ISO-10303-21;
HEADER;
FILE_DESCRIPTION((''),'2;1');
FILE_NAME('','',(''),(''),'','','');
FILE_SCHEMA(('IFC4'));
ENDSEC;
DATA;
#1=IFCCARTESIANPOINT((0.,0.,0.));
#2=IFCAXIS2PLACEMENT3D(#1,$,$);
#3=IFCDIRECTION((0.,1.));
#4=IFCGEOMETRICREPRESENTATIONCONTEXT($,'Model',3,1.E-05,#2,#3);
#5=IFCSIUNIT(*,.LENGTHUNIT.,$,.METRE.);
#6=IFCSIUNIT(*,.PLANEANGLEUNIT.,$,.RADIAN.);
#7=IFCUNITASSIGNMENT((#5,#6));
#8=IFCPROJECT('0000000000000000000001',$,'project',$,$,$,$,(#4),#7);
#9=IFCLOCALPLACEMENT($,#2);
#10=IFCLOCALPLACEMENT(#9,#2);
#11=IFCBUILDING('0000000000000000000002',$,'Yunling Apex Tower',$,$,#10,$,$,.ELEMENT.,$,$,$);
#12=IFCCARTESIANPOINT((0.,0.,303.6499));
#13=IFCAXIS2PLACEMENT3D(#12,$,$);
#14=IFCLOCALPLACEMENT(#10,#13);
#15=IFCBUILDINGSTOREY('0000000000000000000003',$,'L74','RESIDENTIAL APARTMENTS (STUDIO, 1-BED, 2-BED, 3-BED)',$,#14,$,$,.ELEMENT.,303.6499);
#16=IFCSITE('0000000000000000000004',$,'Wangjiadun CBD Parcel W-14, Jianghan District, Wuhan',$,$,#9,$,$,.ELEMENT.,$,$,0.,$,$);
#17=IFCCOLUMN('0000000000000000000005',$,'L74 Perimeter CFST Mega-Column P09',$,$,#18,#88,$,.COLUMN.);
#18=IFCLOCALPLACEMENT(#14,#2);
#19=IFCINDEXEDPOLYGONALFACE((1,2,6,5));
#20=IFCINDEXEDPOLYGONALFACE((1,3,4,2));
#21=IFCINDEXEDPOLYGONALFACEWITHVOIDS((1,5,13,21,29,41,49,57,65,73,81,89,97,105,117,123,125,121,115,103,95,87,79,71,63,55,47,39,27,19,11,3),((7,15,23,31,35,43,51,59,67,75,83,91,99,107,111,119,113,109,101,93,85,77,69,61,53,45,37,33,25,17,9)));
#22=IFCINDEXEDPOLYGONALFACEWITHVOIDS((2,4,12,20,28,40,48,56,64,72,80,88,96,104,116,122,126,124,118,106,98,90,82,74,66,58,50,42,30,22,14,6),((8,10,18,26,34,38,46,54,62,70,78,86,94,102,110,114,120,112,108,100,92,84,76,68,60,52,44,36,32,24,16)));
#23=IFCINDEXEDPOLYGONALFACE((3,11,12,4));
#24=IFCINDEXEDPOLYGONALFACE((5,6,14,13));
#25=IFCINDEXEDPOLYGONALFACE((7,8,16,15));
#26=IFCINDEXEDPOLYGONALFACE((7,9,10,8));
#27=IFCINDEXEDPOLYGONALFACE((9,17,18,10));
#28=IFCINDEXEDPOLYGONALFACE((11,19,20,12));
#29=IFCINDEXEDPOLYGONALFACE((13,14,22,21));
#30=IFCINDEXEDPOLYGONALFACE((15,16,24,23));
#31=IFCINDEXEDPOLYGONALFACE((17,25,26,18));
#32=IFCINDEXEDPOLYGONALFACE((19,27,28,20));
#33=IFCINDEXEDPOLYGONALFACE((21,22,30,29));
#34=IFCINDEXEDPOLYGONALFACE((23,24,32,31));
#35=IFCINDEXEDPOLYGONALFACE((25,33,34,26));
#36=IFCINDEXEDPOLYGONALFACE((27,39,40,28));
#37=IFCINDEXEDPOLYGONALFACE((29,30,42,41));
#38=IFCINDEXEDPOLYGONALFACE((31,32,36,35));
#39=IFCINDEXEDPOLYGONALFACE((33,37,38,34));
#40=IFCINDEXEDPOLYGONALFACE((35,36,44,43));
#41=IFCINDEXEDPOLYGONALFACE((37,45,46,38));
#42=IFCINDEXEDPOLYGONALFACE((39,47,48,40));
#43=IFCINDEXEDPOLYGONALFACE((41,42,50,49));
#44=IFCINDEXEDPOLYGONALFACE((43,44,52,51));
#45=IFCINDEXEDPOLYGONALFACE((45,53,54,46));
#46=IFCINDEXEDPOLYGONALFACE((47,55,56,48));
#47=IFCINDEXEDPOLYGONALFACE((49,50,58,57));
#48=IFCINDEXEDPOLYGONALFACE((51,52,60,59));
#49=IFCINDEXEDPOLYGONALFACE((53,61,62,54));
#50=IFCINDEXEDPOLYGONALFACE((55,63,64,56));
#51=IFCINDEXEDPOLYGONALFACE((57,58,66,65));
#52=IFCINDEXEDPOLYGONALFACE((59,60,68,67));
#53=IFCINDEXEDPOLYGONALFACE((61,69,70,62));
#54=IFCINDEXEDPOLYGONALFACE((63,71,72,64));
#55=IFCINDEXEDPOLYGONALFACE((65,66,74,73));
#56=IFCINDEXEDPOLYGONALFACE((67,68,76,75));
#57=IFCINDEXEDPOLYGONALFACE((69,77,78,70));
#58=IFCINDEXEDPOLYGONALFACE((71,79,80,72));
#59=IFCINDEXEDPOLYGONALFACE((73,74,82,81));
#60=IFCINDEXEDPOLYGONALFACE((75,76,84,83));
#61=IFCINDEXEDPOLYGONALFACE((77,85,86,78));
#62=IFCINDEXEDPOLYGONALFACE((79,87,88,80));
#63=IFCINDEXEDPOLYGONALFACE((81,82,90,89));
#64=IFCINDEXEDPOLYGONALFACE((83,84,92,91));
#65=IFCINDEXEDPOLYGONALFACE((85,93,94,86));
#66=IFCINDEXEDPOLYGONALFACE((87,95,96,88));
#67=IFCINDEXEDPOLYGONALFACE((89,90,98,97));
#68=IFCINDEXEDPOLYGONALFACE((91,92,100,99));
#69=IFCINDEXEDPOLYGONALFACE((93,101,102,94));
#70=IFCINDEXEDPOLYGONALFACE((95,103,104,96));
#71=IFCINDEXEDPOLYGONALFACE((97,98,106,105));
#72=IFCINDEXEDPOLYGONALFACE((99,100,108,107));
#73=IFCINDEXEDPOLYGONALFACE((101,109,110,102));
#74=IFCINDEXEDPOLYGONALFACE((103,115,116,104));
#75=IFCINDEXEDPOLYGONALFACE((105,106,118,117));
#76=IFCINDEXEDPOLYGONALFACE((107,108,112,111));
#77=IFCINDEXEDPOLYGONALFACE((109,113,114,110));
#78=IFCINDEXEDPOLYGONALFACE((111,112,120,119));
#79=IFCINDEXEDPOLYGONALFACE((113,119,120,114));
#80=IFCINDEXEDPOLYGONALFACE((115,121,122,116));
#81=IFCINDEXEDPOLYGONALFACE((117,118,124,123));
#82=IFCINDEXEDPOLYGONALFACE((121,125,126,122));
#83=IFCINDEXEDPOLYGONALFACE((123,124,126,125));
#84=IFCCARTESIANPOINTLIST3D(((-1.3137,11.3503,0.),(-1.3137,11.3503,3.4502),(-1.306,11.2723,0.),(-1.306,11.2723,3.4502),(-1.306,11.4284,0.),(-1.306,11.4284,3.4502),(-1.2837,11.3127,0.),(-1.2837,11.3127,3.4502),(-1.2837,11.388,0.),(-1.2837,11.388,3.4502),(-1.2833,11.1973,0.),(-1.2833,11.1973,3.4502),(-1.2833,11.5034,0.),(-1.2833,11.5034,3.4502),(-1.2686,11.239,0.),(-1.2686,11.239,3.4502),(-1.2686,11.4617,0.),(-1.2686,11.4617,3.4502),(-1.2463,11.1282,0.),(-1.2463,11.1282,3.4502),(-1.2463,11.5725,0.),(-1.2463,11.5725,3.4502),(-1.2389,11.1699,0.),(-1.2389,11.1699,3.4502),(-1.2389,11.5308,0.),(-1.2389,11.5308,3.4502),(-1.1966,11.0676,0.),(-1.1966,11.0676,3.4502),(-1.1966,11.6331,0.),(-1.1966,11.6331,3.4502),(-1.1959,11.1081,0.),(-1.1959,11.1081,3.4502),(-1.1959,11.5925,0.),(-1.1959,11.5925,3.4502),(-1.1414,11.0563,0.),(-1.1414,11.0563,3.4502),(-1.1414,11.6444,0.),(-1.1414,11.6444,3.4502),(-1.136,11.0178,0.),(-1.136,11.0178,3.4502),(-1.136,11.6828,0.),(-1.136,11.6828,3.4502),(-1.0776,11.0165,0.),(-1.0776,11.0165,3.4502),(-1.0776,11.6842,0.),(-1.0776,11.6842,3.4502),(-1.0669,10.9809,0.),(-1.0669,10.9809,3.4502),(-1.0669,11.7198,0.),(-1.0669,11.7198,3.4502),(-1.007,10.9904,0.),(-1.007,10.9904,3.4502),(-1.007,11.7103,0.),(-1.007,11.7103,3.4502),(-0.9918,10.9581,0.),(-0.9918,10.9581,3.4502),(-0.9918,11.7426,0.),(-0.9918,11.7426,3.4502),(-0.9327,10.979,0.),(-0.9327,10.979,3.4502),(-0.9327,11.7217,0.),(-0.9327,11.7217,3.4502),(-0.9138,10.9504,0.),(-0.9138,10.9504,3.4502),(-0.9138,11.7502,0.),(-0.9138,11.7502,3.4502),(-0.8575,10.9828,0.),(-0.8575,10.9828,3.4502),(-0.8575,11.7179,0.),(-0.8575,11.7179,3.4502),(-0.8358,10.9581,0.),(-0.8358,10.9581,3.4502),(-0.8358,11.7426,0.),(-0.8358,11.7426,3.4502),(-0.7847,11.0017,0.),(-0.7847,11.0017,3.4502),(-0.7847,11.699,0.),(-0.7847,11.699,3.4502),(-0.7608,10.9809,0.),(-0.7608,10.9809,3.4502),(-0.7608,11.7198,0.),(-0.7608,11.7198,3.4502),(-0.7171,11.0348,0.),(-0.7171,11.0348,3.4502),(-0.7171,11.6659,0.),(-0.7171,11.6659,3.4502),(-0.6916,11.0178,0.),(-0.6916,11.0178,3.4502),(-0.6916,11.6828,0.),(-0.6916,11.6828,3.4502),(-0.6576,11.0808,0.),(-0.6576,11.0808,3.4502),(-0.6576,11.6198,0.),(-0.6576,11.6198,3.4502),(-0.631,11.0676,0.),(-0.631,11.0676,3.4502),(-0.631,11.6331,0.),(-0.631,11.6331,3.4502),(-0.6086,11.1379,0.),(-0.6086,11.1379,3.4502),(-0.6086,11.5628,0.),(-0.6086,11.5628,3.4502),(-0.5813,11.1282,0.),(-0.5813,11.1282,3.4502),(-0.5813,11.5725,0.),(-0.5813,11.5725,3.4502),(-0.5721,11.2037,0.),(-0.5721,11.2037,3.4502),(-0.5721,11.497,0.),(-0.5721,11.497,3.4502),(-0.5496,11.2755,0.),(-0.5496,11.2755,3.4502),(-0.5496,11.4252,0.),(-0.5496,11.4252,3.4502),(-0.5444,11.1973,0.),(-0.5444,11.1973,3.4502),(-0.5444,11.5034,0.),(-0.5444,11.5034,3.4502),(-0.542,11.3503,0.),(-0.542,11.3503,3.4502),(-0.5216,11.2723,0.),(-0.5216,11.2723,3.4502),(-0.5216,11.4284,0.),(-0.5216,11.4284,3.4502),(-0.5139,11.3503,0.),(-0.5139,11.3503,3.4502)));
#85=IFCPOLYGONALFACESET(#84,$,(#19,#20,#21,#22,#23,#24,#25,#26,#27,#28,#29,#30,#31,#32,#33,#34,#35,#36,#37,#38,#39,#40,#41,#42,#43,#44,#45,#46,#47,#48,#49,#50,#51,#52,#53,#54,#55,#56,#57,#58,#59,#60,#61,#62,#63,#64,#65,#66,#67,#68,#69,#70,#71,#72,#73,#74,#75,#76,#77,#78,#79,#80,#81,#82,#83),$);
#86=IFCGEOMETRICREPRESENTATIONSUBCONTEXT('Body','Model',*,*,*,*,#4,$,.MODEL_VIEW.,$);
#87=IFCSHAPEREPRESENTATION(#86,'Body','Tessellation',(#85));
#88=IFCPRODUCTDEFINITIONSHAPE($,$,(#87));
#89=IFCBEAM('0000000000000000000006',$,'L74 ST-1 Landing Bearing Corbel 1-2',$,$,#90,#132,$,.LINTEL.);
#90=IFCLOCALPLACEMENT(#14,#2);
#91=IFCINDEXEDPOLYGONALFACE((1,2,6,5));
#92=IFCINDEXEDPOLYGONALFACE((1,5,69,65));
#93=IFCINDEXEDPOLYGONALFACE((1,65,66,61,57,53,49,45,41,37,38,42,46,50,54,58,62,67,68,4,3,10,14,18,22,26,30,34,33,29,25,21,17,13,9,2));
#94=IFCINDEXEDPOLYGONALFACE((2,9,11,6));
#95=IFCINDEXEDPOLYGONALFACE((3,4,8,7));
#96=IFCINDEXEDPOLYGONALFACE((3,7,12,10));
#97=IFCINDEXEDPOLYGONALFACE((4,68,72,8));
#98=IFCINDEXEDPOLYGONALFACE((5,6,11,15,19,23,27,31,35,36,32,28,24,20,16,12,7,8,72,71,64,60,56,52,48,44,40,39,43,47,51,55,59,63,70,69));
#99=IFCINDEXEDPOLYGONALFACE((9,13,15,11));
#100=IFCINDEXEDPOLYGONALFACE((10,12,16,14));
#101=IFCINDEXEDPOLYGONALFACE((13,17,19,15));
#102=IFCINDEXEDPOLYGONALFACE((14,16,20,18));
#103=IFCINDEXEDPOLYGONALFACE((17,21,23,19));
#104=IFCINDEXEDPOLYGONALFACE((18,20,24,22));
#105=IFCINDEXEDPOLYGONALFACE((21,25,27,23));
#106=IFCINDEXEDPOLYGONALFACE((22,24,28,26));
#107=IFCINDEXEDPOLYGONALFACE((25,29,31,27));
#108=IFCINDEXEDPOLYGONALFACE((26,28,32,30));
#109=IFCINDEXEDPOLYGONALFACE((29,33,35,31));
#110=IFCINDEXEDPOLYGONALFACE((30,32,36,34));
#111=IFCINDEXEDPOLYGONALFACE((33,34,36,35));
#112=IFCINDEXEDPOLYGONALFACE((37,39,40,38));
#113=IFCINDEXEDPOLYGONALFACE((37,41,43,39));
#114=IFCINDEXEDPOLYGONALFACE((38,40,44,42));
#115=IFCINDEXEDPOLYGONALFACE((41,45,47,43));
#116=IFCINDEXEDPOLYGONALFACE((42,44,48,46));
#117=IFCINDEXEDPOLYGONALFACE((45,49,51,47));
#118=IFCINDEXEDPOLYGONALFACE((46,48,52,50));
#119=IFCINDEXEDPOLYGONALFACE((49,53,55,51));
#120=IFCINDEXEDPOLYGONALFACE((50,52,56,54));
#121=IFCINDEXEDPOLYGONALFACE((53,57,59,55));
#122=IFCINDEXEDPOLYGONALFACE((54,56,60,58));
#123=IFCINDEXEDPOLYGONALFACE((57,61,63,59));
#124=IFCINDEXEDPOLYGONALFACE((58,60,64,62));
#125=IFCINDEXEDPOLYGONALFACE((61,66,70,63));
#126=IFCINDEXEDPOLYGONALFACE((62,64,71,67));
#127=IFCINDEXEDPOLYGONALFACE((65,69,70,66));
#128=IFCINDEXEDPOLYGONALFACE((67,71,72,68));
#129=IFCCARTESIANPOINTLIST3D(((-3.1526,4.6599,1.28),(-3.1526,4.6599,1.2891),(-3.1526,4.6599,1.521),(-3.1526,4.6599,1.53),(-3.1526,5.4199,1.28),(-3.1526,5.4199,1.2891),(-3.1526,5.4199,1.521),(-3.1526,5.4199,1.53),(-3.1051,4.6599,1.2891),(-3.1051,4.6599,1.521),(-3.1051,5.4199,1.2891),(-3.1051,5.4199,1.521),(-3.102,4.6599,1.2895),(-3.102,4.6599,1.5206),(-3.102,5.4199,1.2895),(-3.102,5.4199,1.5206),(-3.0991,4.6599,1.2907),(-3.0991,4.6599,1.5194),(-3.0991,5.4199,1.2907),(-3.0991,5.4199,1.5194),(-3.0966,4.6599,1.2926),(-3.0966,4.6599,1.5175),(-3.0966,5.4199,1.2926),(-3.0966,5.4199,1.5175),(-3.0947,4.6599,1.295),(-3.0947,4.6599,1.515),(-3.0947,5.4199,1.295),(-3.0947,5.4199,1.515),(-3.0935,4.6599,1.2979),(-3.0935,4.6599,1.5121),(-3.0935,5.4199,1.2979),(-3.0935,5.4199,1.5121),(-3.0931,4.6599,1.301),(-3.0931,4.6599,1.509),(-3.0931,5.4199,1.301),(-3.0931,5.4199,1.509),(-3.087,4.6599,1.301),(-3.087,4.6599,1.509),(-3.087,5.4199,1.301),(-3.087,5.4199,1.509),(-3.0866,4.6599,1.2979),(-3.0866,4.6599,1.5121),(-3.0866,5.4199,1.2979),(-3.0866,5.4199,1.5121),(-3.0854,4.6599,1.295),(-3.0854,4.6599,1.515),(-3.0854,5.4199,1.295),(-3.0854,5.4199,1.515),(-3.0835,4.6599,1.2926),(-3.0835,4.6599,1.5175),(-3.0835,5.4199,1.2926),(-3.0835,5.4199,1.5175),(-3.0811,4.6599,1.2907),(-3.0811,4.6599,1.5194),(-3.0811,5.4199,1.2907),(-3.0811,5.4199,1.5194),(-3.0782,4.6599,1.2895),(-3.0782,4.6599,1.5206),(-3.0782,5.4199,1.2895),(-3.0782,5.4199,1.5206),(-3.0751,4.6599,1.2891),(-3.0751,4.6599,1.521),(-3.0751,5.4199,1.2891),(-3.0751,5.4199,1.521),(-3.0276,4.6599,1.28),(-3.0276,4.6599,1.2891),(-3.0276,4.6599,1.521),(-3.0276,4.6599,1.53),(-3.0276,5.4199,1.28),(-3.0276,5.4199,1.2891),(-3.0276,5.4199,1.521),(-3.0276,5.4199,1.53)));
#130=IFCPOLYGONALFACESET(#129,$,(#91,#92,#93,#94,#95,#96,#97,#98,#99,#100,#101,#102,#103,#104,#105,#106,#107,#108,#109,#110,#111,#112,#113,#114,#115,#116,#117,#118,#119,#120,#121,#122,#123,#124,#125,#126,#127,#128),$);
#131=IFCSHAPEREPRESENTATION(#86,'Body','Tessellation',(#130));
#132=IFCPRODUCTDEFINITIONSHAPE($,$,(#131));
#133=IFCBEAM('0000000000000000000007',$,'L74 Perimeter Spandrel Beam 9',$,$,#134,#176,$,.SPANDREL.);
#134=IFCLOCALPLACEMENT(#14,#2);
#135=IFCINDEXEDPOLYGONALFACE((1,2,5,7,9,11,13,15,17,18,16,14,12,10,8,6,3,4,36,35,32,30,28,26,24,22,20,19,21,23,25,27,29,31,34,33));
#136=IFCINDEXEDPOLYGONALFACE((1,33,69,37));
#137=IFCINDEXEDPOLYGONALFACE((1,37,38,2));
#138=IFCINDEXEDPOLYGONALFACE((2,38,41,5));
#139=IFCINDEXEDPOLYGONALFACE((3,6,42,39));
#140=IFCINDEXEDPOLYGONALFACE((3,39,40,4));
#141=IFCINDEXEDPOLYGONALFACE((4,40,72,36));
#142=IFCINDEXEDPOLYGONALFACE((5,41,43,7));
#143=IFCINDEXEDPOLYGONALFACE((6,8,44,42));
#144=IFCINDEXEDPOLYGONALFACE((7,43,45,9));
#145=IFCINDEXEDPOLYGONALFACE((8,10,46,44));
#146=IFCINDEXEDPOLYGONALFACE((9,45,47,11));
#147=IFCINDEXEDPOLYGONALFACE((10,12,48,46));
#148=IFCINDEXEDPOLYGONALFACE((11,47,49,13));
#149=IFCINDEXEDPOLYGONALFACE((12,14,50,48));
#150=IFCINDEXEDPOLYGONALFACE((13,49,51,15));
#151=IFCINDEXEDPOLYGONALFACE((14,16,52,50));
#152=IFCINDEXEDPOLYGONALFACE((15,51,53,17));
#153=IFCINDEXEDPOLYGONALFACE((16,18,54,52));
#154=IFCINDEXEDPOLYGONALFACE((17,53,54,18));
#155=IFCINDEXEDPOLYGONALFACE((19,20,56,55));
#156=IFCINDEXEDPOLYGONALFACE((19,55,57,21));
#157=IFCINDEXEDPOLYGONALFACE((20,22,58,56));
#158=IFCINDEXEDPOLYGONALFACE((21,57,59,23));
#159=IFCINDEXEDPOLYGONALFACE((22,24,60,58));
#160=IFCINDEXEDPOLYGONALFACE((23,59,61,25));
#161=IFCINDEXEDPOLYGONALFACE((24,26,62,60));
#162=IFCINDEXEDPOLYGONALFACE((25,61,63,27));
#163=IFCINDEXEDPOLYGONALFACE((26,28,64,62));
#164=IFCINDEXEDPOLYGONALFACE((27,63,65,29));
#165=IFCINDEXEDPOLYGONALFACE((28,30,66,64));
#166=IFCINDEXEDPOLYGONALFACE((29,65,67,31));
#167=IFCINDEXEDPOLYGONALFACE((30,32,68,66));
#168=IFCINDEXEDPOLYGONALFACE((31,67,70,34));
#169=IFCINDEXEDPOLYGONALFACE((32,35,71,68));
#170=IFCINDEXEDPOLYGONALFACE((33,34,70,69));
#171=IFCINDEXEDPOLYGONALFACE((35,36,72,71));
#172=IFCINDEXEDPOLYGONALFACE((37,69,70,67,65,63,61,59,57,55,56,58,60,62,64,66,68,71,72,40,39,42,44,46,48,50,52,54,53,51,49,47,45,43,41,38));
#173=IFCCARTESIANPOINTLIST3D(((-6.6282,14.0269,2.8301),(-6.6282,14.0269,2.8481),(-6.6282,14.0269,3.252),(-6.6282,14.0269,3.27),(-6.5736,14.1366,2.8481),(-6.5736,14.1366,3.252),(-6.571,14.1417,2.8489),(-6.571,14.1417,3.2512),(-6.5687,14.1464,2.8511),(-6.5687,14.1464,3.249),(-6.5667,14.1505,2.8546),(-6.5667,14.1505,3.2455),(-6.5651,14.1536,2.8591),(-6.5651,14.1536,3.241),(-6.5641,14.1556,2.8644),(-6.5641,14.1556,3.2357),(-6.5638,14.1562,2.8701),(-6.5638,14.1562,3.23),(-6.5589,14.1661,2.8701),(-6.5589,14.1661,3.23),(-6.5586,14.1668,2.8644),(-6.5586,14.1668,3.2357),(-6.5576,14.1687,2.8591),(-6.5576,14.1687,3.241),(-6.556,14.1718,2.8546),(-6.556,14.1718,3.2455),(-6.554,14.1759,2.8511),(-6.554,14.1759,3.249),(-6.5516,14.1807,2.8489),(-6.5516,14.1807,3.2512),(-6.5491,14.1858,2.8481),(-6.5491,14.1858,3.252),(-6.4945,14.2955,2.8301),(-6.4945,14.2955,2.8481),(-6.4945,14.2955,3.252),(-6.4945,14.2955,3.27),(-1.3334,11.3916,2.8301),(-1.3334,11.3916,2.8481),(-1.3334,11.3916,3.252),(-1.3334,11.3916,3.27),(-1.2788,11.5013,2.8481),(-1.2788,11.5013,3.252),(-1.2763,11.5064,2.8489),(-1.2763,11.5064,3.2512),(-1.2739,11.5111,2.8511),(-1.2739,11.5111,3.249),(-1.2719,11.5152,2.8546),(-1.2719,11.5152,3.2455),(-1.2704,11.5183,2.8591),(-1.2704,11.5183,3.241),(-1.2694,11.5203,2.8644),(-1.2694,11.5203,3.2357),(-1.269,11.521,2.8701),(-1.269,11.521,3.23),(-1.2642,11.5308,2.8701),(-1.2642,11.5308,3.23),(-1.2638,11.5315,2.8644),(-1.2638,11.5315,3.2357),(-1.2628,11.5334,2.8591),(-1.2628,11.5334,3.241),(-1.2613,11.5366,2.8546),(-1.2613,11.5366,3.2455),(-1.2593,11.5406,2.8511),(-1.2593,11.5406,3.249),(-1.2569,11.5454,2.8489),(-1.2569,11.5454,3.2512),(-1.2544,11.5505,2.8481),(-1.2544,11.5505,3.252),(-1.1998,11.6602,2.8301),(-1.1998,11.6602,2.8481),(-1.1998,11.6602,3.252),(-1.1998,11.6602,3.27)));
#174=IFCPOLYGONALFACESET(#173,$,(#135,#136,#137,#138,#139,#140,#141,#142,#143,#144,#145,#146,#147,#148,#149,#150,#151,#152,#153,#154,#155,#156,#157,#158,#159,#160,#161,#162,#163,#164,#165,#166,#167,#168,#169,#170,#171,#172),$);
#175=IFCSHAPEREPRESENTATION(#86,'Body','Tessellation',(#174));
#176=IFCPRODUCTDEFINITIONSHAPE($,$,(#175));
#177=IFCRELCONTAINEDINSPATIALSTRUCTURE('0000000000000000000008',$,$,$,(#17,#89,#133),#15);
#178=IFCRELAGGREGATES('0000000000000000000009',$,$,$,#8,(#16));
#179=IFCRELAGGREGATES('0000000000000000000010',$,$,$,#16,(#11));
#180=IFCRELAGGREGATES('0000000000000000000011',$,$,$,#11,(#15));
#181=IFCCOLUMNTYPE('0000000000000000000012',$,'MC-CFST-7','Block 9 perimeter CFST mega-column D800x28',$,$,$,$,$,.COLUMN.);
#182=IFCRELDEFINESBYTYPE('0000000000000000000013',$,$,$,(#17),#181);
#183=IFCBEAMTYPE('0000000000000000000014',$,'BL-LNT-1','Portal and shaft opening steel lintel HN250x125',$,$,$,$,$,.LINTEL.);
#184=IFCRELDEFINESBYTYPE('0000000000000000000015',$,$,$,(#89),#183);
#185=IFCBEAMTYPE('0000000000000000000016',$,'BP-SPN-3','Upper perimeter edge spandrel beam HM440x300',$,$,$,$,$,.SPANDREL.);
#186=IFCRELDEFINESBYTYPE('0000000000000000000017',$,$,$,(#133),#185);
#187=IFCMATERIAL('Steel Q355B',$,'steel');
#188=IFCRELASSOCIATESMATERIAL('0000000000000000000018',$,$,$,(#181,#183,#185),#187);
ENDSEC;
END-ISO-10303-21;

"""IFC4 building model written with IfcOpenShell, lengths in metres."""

from ifc_helpers import new_model, si_unit, direction, frame, origin, origin_2d, place, context, subcontext, project, spatial, hollow_circle, i_section, extrude, source, transform, mapped, material, material_profile, profile_set, type_object, element, save


model = new_model("IFC4")

# Units and contexts
model_context = context("Model", 3, precision=1e-05, world=origin(), true_north=direction((0.0, 1.0)))
body_context = subcontext(model_context, "Body", "Model", "MODEL_VIEW")
ifc_project = project(units=[si_unit("LENGTHUNIT", "METRE"), si_unit("PLANEANGLEUNIT", "RADIAN")], contexts=[model_context])

# Site, building, storey
site_placement = place(None, origin())
site = spatial("IfcSite", under=ifc_project, at=site_placement, Name="Wangjiadun CBD Parcel W-14, Jianghan District, Wuhan", CompositionType="ELEMENT", RefElevation=0.0)
building_placement = place(site_placement, origin())
building = spatial("IfcBuilding", under=site, at=building_placement, Name="Yunling Apex Tower", CompositionType="ELEMENT")
storey_placement = place(building_placement, frame((0.0, 0.0, 303.6499)))
storey = spatial("IfcBuildingStorey", under=building, at=storey_placement, Name="L74", Description="RESIDENTIAL APARTMENTS (STUDIO, 1-BED, 2-BED, 3-BED)", CompositionType="ELEMENT", Elevation=303.6499)

# Column
ifc_material_1 = material(Name="Steel Q355B", Category="steel")
ifc_material_profile_1 = material_profile(ifc_material_1, hollow_circle(Radius=0.3999, WallThickness=0.0281, at=origin_2d()))
ifc_profile_set_1 = profile_set([ifc_material_profile_1], Name="Steel Q355B")
column_type = type_object("IfcColumnType", Name="MC-CFST-7", Description="Block 9 perimeter CFST mega-column D800x28", PredefinedType="COLUMN", material=ifc_profile_set_1)
shared_shape_1 = source(origin(), body_context, "Body", "SweptSolid", [
    extrude(hollow_circle(Radius=0.3999, WallThickness=0.0281, at=origin_2d()), origin(), (0.0, 0.0, 1.0), 3.4502),
])
column_placement = place(storey_placement, frame((-0.9138, 11.3503, 0.0), z_axis=(0.0, 0.0, 1.0), x_axis=(1.0, 0.0, 0.0)))
element("IfcColumn", 1, at=column_placement, inside=storey, type_object=column_type, Name="L74 Perimeter CFST Mega-Column P09", PredefinedType="COLUMN", context=body_context, shape_type="MappedRepresentation", body=[
    mapped(shared_shape_1, transform((0.0, 0.0, 0.0), scale=1.0)),
])

# Beams
ifc_material_profile_2 = material_profile(ifc_material_1, i_section(OverallWidth=0.125, OverallDepth=0.25, WebThickness=0.0061, FlangeThickness=0.009, FilletRadius=0.012, at=origin_2d()))
ifc_profile_set_2 = profile_set([ifc_material_profile_2], Name="Steel Q355B")
beam_type_1 = type_object("IfcBeamType", Name="BL-LNT-1", Description="Portal and shaft opening steel lintel HN250x125", PredefinedType="LINTEL", material=ifc_profile_set_2)
shared_shape_2 = source(origin(), body_context, "Body", "SweptSolid", [
    extrude(i_section(OverallWidth=0.125, OverallDepth=0.25, WebThickness=0.0061, FlangeThickness=0.009, FilletRadius=0.012, at=origin_2d()), origin(), (0.0, 0.0, 1.0), 0.76),
])
beam_1_placement = place(storey_placement, frame((-3.0901, 5.4199, 1.405), z_axis=(0.0, -1.0, 0.0), x_axis=(1.0, 0.0, 0.0)))
element("IfcBeam", 2, at=beam_1_placement, inside=storey, type_object=beam_type_1, Name="L74 ST-1 Landing Bearing Corbel 1-2", PredefinedType="LINTEL", context=body_context, shape_type="MappedRepresentation", body=[
    mapped(shared_shape_2, transform((0.0, 0.0, 0.0), scale=1.0)),
])
ifc_material_profile_3 = material_profile(ifc_material_1, i_section(OverallWidth=0.3, OverallDepth=0.4399, WebThickness=0.011, FlangeThickness=0.0181, FilletRadius=0.022, at=origin_2d()))
ifc_profile_set_3 = profile_set([ifc_material_profile_3], Name="Steel Q355B")
beam_type_2 = type_object("IfcBeamType", Name="BP-SPN-3", Description="Upper perimeter edge spandrel beam HM440x300", PredefinedType="SPANDREL", material=ifc_profile_set_3)
shared_shape_3 = source(origin(), body_context, "Body", "SweptSolid", [
    extrude(i_section(OverallWidth=0.3, OverallDepth=0.4399, WebThickness=0.011, FlangeThickness=0.0181, FilletRadius=0.022, at=origin_2d()), origin(), (0.0, 0.0, 1.0), 5.9143),
])
beam_2_placement = place(storey_placement, frame((-1.2666, 11.5259, 3.05), z_axis=(-0.895243, 0.445578, 0.0), x_axis=(-0.445578, -0.895243, 0.0)))
element("IfcBeam", 3, at=beam_2_placement, inside=storey, type_object=beam_type_2, Name="L74 Perimeter Spandrel Beam 9", PredefinedType="SPANDREL", context=body_context, shape_type="MappedRepresentation", body=[
    mapped(shared_shape_3, transform((0.0, 0.0, 0.0), scale=1.0)),
])

save(model, "model.ifc")
